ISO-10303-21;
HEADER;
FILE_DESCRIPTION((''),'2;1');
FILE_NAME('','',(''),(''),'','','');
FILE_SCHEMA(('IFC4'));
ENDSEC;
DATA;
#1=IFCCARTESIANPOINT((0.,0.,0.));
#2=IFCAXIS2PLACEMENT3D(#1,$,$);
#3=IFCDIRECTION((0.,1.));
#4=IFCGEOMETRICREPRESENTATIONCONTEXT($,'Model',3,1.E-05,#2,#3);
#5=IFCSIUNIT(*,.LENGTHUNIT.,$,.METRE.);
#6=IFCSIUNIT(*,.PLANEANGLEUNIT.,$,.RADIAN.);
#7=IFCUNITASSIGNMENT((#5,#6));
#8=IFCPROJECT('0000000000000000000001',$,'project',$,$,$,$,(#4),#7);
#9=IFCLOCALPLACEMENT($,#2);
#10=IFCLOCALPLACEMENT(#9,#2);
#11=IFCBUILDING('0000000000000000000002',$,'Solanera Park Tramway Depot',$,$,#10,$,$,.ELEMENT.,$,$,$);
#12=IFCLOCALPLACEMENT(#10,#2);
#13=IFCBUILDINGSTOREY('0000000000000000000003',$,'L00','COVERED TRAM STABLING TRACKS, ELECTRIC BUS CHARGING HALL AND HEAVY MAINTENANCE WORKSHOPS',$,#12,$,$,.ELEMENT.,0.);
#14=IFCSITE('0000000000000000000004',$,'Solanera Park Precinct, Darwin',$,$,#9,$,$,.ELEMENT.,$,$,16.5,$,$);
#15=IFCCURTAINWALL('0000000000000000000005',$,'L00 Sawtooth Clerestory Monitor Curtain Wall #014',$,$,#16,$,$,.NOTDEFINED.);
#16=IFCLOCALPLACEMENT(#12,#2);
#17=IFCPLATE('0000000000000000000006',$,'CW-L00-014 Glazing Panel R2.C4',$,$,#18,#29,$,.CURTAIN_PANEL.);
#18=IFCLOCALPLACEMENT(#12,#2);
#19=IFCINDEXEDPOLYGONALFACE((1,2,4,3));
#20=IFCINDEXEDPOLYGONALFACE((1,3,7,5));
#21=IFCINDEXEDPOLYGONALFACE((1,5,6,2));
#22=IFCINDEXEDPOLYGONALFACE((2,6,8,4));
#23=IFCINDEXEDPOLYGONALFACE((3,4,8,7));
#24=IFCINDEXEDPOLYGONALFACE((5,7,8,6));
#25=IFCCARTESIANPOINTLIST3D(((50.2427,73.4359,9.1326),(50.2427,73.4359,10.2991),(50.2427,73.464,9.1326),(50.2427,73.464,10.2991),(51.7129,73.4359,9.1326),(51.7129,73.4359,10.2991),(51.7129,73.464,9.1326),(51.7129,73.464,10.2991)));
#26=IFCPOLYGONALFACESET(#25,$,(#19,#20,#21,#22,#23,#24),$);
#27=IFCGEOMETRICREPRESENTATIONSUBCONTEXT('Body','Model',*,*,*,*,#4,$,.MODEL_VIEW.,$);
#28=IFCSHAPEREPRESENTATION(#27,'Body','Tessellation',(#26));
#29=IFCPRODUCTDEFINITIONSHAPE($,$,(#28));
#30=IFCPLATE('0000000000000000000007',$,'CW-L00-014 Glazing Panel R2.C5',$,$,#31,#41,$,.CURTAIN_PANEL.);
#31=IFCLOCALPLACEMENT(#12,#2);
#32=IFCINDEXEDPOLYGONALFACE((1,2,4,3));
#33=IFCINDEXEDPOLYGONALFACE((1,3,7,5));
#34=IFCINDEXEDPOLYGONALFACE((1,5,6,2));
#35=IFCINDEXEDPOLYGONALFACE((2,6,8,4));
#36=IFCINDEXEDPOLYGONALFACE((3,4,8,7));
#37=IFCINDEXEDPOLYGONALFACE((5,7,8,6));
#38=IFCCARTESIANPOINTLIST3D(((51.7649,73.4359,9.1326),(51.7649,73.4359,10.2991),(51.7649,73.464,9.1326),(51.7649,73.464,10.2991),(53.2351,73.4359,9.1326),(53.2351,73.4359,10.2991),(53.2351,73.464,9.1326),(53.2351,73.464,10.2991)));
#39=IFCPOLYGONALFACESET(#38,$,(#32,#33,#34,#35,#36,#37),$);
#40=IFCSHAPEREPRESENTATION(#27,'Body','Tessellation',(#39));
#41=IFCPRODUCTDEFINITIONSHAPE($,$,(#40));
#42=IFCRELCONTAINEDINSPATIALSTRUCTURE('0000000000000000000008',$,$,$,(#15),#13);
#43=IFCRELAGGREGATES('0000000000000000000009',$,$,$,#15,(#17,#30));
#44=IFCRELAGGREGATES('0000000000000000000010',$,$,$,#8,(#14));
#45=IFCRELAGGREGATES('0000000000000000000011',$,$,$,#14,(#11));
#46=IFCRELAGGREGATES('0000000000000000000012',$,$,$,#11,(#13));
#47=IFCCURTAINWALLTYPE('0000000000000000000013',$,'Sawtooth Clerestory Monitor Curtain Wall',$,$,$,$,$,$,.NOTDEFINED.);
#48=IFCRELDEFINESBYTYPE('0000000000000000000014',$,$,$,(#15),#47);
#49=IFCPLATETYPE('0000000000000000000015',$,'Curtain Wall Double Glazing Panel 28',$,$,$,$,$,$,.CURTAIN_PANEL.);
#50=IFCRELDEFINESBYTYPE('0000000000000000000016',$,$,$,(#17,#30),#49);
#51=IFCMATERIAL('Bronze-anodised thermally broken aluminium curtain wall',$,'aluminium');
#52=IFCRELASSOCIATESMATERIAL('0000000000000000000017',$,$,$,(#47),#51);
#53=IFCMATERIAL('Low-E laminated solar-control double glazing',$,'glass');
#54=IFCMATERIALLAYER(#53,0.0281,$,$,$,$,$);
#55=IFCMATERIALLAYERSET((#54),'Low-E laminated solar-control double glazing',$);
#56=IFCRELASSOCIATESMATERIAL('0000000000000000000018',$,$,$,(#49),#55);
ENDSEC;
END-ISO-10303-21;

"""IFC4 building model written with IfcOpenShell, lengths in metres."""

from ifc_helpers import new_model, si_unit, direction, frame, origin, origin_2d, place, context, subcontext, project, spatial, rectangle, extrude, material, layer, layer_set, type_object, element, aggregate, save


model = new_model("IFC4")

# Units and contexts
model_context = context("Model", 3, precision=1e-05, world=origin(), true_north=direction((0.0, 1.0)))
body_context = subcontext(model_context, "Body", "Model", "MODEL_VIEW")
ifc_project = project(units=[si_unit("LENGTHUNIT", "METRE"), si_unit("PLANEANGLEUNIT", "RADIAN")], contexts=[model_context])

# Site, building, storey
site_placement = place(None, origin())
site = spatial("IfcSite", under=ifc_project, at=site_placement, Name="Solanera Park Precinct, Darwin", CompositionType="ELEMENT", RefElevation=16.5)
building_placement = place(site_placement, origin())
building = spatial("IfcBuilding", under=site, at=building_placement, Name="Solanera Park Tramway Depot", CompositionType="ELEMENT")
storey_placement = place(building_placement, origin())
storey = spatial("IfcBuildingStorey", under=building, at=storey_placement, Name="L00", Description="COVERED TRAM STABLING TRACKS, ELECTRIC BUS CHARGING HALL AND HEAVY MAINTENANCE WORKSHOPS", CompositionType="ELEMENT", Elevation=0.0)

# Curtain wall
ifc_material_1 = material(Name="Bronze-anodised thermally broken aluminium curtain wall", Category="aluminium")
curtain_wall_type = type_object("IfcCurtainWallType", Name="Sawtooth Clerestory Monitor Curtain Wall", PredefinedType="NOTDEFINED", material=ifc_material_1)
curtain_wall_1_placement = place(storey_placement, origin())
curtain_wall_1 = element("IfcCurtainWall", 1, at=curtain_wall_1_placement, inside=storey, type_object=curtain_wall_type, Name="L00 Sawtooth Clerestory Monitor Curtain Wall #014", PredefinedType="NOTDEFINED")

# Plates
ifc_material_2 = material(Name="Low-E laminated solar-control double glazing", Category="glass")
ifc_layer = layer(ifc_material_2, 0.0281)
ifc_layer_set = layer_set([ifc_layer], Name="Low-E laminated solar-control double glazing")
plate_type = type_object("IfcPlateType", Name="Curtain Wall Double Glazing Panel 28", PredefinedType="CURTAIN_PANEL", material=ifc_layer_set)
plate_1_placement = place(storey_placement, frame((50.9778, 73.45, 9.1326), z_axis=(0.0, 0.0, 1.0), x_axis=(1.0, 0.0, 0.0)))
plate_1 = element("IfcPlate", 2, at=plate_1_placement, type_object=plate_type, Name="CW-L00-014 Glazing Panel R2.C4", PredefinedType="CURTAIN_PANEL", context=body_context, shape_type="SweptSolid", body=[
    extrude(rectangle(XDim=1.4702, YDim=0.0281, at=origin_2d()), origin(), (0.0, 0.0, 1.0), 1.1665),
])
plate_2_placement = place(storey_placement, frame((52.5, 73.45, 9.1326), z_axis=(0.0, 0.0, 1.0), x_axis=(1.0, 0.0, 0.0)))
plate_2 = element("IfcPlate", 3, at=plate_2_placement, type_object=plate_type, Name="CW-L00-014 Glazing Panel R2.C5", PredefinedType="CURTAIN_PANEL", context=body_context, shape_type="SweptSolid", body=[
    extrude(rectangle(XDim=1.4702, YDim=0.0281, at=origin_2d()), origin(), (0.0, 0.0, 1.0), 1.1665),
])
aggregate(curtain_wall_1, [plate_1, plate_2])

save(model, "model.ifc")
